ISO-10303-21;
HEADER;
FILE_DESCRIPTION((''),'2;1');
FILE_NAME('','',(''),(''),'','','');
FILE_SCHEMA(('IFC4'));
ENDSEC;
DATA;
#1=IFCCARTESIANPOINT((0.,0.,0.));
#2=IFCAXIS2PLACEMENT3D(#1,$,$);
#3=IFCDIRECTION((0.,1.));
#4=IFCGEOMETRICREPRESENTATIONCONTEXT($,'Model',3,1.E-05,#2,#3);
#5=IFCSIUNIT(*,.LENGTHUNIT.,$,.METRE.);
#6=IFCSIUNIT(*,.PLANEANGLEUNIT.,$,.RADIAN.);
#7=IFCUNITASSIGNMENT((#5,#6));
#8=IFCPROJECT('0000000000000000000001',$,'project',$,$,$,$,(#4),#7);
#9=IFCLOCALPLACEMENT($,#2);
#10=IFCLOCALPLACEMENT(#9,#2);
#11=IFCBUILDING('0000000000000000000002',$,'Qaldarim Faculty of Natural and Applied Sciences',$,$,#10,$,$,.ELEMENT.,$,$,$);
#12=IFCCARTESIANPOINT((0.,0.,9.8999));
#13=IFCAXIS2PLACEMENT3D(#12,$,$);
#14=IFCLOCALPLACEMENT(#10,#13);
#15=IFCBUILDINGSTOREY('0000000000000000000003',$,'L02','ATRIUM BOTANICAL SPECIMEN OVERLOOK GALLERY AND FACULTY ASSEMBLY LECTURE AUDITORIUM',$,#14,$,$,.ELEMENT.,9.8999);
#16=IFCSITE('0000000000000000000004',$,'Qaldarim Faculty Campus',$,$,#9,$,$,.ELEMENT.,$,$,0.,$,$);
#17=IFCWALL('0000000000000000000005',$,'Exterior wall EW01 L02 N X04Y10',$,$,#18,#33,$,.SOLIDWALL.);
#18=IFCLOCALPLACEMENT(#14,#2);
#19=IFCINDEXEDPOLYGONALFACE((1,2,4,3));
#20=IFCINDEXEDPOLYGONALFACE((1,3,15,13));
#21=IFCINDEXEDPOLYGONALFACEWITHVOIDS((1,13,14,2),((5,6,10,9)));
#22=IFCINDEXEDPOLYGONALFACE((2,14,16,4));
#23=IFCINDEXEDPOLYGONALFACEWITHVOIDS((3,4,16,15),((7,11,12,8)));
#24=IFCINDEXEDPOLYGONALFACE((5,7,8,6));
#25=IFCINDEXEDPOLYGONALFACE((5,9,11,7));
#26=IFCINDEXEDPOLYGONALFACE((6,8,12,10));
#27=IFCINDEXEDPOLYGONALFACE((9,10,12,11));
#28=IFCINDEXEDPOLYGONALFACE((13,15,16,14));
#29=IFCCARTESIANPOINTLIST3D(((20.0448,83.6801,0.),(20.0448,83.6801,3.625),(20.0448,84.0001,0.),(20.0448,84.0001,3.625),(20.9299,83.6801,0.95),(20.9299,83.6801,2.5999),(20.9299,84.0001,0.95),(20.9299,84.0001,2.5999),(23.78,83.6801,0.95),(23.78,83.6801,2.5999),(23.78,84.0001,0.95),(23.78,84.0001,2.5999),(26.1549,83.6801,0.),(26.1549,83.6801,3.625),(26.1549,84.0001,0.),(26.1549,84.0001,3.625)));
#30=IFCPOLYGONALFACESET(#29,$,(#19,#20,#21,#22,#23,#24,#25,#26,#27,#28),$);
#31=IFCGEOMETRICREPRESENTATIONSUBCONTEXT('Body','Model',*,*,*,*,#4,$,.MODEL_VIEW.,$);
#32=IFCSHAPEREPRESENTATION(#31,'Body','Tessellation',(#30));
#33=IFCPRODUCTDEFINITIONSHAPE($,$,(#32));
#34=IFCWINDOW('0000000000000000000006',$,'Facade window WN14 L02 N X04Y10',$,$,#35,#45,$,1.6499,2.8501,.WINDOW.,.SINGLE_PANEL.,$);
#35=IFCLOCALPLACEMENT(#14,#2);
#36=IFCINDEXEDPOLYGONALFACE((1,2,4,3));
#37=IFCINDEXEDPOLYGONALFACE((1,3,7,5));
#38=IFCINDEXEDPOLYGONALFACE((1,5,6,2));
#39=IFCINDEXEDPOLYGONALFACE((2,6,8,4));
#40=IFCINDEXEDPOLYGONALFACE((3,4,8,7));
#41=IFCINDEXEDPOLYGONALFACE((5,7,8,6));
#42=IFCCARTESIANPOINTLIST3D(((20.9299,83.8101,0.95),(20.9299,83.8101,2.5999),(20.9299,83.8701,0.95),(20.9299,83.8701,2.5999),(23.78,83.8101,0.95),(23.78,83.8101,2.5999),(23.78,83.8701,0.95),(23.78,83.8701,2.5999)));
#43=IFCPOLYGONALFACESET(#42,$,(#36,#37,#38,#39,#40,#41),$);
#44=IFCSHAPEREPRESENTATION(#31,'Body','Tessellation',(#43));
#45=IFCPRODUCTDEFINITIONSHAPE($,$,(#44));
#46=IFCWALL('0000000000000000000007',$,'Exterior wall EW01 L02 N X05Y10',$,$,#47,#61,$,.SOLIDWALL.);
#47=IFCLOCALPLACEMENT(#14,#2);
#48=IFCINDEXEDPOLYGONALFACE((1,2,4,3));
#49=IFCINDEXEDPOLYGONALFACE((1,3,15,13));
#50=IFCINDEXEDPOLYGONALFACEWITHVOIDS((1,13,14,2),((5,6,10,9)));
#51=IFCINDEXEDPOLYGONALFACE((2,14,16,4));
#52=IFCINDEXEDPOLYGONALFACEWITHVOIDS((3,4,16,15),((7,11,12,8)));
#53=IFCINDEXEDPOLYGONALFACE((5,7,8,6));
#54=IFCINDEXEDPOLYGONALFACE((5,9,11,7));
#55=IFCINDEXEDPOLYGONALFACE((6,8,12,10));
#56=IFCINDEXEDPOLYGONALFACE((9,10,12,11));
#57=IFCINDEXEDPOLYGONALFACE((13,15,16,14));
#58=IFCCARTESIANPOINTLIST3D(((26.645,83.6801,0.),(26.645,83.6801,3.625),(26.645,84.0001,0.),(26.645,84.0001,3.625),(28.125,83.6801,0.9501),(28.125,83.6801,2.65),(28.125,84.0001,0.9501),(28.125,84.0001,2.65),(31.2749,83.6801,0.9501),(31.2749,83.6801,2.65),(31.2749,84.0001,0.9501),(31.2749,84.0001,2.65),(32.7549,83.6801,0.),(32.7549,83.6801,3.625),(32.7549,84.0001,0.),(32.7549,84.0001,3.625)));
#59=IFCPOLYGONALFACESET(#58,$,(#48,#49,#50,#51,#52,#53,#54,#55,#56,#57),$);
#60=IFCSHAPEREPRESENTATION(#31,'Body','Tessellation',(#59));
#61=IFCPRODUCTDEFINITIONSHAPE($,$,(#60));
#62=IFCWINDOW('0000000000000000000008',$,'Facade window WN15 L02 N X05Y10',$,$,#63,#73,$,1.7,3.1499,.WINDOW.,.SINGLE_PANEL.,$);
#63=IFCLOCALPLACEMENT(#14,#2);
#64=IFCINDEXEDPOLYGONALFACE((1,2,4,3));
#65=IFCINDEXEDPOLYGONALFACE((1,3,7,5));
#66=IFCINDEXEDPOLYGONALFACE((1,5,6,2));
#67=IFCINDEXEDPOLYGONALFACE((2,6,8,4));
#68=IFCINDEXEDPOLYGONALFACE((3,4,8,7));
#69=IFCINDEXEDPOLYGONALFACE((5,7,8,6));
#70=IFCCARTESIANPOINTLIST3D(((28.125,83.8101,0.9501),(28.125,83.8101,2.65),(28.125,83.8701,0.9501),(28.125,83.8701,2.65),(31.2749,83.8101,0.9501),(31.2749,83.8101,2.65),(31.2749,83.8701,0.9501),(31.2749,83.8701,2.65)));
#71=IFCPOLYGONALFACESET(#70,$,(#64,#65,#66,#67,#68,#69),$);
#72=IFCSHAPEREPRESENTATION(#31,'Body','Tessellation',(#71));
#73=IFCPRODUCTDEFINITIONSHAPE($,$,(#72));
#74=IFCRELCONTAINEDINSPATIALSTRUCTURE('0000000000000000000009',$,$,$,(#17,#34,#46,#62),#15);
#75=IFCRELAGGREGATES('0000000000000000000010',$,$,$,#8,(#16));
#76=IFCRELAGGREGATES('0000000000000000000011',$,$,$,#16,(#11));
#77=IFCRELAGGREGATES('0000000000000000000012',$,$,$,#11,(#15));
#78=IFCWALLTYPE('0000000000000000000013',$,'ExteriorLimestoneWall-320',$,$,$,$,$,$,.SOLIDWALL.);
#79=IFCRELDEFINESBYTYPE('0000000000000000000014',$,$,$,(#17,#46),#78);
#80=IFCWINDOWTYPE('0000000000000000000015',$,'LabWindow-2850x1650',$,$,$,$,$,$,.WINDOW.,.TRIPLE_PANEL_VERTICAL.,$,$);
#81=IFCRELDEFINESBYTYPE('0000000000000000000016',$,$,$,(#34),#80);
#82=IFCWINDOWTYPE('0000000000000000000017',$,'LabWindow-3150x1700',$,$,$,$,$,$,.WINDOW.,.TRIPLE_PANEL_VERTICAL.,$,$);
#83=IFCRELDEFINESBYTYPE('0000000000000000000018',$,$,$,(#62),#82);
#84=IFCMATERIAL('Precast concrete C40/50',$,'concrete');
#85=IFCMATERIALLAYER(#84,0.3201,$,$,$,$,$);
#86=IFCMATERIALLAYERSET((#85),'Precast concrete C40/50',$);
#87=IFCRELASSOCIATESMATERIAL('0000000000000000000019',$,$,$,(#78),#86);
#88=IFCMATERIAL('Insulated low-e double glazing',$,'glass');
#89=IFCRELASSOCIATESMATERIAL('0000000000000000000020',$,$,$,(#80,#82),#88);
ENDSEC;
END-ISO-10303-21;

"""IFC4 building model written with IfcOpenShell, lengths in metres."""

from ifc_helpers import new_model, si_unit, direction, frame, frame_2d, origin, place, context, subcontext, project, spatial, rectangle, extrude, material, layer, layer_set, type_object, element, fill, save


model = new_model("IFC4")

# Units and contexts
model_context = context("Model", 3, precision=1e-05, world=origin(), true_north=direction((0.0, 1.0)))
body_context = subcontext(model_context, "Body", "Model", "MODEL_VIEW")
ifc_project = project(units=[si_unit("LENGTHUNIT", "METRE"), si_unit("PLANEANGLEUNIT", "RADIAN")], contexts=[model_context])

# Site, building, storey
site_placement = place(None, origin())
site = spatial("IfcSite", under=ifc_project, at=site_placement, Name="Qaldarim Faculty Campus", CompositionType="ELEMENT", RefElevation=0.0)
building_placement = place(site_placement, origin())
building = spatial("IfcBuilding", under=site, at=building_placement, Name="Qaldarim Faculty of Natural and Applied Sciences", CompositionType="ELEMENT")
storey_placement = place(building_placement, frame((0.0, 0.0, 9.8999)))
storey = spatial("IfcBuildingStorey", under=building, at=storey_placement, Name="L02", Description="ATRIUM BOTANICAL SPECIMEN OVERLOOK GALLERY AND FACULTY ASSEMBLY LECTURE AUDITORIUM", CompositionType="ELEMENT", Elevation=9.8999)

# Shared definitions
ifc_material_1 = material(Name="Precast concrete C40/50", Category="concrete")

# Walls, openings, windows
ifc_layer_1 = layer(ifc_material_1, 0.3201)
ifc_layer_set_1 = layer_set([ifc_layer_1], Name="Precast concrete C40/50")
wall_type_1 = type_object("IfcWallType", Name="ExteriorLimestoneWall-320", PredefinedType="SOLIDWALL", material=ifc_layer_set_1)
wall_1_placement = place(storey_placement, frame((26.155, 83.8401, 0.0), z_axis=(0.0, 0.0, 1.0), x_axis=(-1.0, 0.0, 0.0)))
wall_1 = element("IfcWall", 1, at=wall_1_placement, inside=storey, type_object=wall_type_1, Name="Exterior wall EW01 L02 N X04Y10", PredefinedType="SOLIDWALL", context=body_context, shape_type="SweptSolid", body=[
    extrude(rectangle(XDim=6.1101, YDim=0.3201, at=frame_2d((3.0552, 0.0))), origin(), (0.0, 0.0, 1.0), 3.625),
])
opening_1_placement = place(wall_1_placement, frame((2.375, 0.0, 0.95)))
opening_1 = element("IfcOpeningElement", 2, at=opening_1_placement, cuts=wall_1, PredefinedType="OPENING", context=body_context, shape_type="SweptSolid", body=[
    extrude(rectangle(XDim=2.8501, YDim=1.6499, at=frame_2d((1.425, 0.825))), frame((0.0, 0.1699, 0.0), z_axis=(0.0, -1.0, 0.0), x_axis=(1.0, 0.0, 0.0)), (0.0, 0.0, 1.0), 0.3401),
])
ifc_material_2 = material(Name="Insulated low-e double glazing", Category="glass")
window_type_1 = type_object("IfcWindowType", Name="LabWindow-2850x1650", PartitioningType="TRIPLE_PANEL_VERTICAL", PredefinedType="WINDOW", material=ifc_material_2)
window_1_placement = place(opening_1_placement, origin())
window_1 = element("IfcWindow", 3, at=window_1_placement, inside=storey, type_object=window_type_1, Name="Facade window WN14 L02 N X04Y10", OverallHeight=1.6499, OverallWidth=2.8501, PartitioningType="SINGLE_PANEL", PredefinedType="WINDOW", context=body_context, shape_type="SweptSolid", body=[
    extrude(rectangle(XDim=2.8501, YDim=1.6499, at=frame_2d((1.425, 0.825))), frame((0.0, 0.03, 0.0), z_axis=(0.0, -1.0, 0.0), x_axis=(1.0, 0.0, 0.0)), (0.0, 0.0, 1.0), 0.0601),
])
fill(opening_1, window_1)
wall_2_placement = place(storey_placement, frame((32.7549, 83.8401, 0.0), z_axis=(0.0, 0.0, 1.0), x_axis=(-1.0, 0.0, 0.0)))
wall_2 = element("IfcWall", 4, at=wall_2_placement, inside=storey, type_object=wall_type_1, Name="Exterior wall EW01 L02 N X05Y10", PredefinedType="SOLIDWALL", context=body_context, shape_type="SweptSolid", body=[
    extrude(rectangle(XDim=6.1099, YDim=0.3201, at=frame_2d((3.0549, 0.0))), origin(), (0.0, 0.0, 1.0), 3.625),
])
opening_2_placement = place(wall_2_placement, frame((1.48, 0.0, 0.95)))
opening_2 = element("IfcOpeningElement", 5, at=opening_2_placement, cuts=wall_2, PredefinedType="OPENING", context=body_context, shape_type="SweptSolid", body=[
    extrude(rectangle(XDim=3.1499, YDim=1.7, at=frame_2d((1.575, 0.8501))), frame((0.0, 0.1699, 0.0), z_axis=(0.0, -1.0, 0.0), x_axis=(1.0, 0.0, 0.0)), (0.0, 0.0, 1.0), 0.3401),
])
window_type_2 = type_object("IfcWindowType", Name="LabWindow-3150x1700", PartitioningType="TRIPLE_PANEL_VERTICAL", PredefinedType="WINDOW", material=ifc_material_2)
window_2_placement = place(opening_2_placement, origin())
window_2 = element("IfcWindow", 6, at=window_2_placement, inside=storey, type_object=window_type_2, Name="Facade window WN15 L02 N X05Y10", OverallHeight=1.7, OverallWidth=3.1499, PartitioningType="SINGLE_PANEL", PredefinedType="WINDOW", context=body_context, shape_type="SweptSolid", body=[
    extrude(rectangle(XDim=3.1499, YDim=1.7, at=frame_2d((1.575, 0.8501))), frame((0.0, 0.03, 0.0), z_axis=(0.0, -1.0, 0.0), x_axis=(1.0, 0.0, 0.0)), (0.0, 0.0, 1.0), 0.0601),
])
fill(opening_2, window_2)

save(model, "model.ifc")
